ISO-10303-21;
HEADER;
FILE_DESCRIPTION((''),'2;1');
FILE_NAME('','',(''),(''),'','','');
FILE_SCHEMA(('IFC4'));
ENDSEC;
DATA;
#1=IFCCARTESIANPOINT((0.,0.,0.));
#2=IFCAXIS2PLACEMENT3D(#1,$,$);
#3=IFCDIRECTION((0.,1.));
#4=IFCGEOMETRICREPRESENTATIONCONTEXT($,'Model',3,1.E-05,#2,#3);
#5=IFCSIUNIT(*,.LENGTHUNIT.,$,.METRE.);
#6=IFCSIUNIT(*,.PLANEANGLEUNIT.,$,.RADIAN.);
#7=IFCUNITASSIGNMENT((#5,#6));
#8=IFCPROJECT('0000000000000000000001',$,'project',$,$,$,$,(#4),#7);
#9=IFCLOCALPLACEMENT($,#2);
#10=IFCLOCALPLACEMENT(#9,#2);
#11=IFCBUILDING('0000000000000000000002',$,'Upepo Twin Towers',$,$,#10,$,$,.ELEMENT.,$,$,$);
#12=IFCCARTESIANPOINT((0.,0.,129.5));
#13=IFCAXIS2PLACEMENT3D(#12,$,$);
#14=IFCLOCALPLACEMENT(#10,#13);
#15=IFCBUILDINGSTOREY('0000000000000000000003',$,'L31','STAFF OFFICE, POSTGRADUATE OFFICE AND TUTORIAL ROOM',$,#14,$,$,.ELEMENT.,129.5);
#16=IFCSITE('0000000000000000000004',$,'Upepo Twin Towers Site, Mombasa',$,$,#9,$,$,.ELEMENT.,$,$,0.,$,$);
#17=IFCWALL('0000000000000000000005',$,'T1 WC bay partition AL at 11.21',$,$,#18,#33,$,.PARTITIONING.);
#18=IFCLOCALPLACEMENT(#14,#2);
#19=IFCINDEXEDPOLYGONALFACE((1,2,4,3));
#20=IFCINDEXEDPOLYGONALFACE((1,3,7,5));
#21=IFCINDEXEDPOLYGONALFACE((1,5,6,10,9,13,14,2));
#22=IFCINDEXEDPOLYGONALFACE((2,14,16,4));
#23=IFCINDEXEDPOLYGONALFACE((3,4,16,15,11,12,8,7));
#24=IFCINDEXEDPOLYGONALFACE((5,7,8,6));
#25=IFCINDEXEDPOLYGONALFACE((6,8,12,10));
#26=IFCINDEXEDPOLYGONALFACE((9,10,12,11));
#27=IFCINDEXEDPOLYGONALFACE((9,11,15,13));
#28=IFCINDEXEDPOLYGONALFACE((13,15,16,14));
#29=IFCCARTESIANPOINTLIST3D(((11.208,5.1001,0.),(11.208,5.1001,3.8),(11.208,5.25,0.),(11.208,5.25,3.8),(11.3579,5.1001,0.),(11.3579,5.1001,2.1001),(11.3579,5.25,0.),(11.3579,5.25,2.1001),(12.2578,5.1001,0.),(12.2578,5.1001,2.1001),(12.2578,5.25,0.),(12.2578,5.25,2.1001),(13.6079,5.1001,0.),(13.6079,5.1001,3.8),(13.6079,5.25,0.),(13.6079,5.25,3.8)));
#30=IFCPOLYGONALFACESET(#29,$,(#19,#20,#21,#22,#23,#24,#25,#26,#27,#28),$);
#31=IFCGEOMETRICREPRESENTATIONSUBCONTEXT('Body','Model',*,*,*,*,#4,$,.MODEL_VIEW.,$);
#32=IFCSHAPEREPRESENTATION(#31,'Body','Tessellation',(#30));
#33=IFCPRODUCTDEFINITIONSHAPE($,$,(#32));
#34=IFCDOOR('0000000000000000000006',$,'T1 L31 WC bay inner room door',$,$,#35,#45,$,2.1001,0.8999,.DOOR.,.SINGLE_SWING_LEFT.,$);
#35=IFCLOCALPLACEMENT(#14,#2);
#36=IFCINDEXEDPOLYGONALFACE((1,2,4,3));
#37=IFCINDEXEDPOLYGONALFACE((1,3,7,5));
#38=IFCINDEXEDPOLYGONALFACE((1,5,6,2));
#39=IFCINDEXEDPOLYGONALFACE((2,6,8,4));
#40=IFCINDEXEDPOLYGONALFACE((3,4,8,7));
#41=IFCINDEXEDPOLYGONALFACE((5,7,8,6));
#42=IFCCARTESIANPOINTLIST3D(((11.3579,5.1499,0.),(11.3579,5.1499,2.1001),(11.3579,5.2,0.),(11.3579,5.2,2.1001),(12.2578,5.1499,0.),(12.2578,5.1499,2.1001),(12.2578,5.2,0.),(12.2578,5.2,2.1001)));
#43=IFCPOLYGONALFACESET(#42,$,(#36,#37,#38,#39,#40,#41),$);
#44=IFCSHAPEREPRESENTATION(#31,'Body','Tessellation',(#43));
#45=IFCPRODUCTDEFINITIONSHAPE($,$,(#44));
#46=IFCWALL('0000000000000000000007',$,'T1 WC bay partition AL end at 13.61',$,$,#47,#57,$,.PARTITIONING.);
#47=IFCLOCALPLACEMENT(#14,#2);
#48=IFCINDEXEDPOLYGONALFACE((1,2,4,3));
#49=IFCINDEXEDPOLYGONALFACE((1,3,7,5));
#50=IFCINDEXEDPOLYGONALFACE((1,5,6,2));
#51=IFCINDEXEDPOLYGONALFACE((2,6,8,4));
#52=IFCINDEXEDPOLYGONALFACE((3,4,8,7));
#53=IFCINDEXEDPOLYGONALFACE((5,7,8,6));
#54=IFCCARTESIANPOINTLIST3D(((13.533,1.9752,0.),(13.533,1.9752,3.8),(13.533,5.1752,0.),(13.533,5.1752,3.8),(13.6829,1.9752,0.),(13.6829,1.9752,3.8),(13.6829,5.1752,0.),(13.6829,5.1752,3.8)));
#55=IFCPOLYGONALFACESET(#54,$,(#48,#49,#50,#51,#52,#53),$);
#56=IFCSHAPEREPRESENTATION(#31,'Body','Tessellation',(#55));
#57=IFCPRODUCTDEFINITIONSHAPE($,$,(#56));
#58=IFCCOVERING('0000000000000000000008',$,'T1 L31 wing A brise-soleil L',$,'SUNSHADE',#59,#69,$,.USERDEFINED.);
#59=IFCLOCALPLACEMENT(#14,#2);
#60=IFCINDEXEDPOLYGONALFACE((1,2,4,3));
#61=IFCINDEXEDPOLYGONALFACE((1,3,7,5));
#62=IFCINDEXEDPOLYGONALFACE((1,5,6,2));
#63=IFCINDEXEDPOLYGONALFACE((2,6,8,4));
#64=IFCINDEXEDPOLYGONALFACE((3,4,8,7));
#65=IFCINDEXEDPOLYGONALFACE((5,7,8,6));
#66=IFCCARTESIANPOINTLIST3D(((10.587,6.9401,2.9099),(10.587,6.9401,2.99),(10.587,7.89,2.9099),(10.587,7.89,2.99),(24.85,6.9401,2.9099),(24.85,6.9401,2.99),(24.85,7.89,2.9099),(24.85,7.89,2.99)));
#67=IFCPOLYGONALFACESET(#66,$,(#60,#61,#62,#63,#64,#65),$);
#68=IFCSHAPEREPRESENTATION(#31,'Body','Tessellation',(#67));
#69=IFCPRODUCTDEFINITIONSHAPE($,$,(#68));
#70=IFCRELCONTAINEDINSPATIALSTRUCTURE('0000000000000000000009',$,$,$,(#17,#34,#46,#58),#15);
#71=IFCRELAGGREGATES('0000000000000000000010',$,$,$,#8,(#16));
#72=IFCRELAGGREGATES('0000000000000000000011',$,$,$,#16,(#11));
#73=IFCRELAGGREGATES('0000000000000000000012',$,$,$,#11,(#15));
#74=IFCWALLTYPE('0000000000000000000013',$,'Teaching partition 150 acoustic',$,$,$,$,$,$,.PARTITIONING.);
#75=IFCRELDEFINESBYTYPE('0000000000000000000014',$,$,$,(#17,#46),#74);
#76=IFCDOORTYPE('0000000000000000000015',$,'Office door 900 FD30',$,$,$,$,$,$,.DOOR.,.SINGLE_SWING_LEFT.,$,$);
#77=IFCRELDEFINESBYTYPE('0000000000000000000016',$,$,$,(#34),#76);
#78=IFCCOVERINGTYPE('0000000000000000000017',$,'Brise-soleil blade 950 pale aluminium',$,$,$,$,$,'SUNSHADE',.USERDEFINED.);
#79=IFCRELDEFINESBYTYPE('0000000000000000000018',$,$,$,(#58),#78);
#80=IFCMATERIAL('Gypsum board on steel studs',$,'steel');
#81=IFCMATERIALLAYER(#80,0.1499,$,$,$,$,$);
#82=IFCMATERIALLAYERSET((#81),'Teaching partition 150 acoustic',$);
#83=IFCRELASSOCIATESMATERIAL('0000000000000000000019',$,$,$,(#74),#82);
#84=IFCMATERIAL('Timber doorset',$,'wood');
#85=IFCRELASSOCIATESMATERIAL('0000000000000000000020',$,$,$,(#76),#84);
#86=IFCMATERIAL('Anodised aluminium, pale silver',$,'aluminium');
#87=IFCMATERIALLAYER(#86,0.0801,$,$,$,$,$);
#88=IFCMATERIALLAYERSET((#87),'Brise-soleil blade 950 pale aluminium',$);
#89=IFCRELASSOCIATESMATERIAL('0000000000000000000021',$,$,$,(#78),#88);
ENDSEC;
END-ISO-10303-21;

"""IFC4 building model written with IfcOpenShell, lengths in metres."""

from ifc_helpers import new_model, si_unit, direction, frame, frame_2d, origin, origin_2d, place, context, subcontext, project, spatial, rectangle, extrude, material, layer, layer_set, type_object, element, fill, save


model = new_model("IFC4")

# Units and contexts
model_context = context("Model", 3, precision=1e-05, world=origin(), true_north=direction((0.0, 1.0)))
body_context = subcontext(model_context, "Body", "Model", "MODEL_VIEW")
ifc_project = project(units=[si_unit("LENGTHUNIT", "METRE"), si_unit("PLANEANGLEUNIT", "RADIAN")], contexts=[model_context])

# Site, building, storey
site_placement = place(None, origin())
site = spatial("IfcSite", under=ifc_project, at=site_placement, Name="Upepo Twin Towers Site, Mombasa", CompositionType="ELEMENT", RefElevation=0.0)
building_placement = place(site_placement, origin())
building = spatial("IfcBuilding", under=site, at=building_placement, Name="Upepo Twin Towers", CompositionType="ELEMENT")
storey_placement = place(building_placement, frame((0.0, 0.0, 129.5)))
storey = spatial("IfcBuildingStorey", under=building, at=storey_placement, Name="L31", Description="STAFF OFFICE, POSTGRADUATE OFFICE AND TUTORIAL ROOM", CompositionType="ELEMENT", Elevation=129.5)

# Shared definitions
ifc_material_1 = material(Name="Gypsum board on steel studs", Category="steel")
ifc_layer_1 = layer(ifc_material_1, 0.1499)
ifc_layer_set_1 = layer_set([ifc_layer_1], Name="Teaching partition 150 acoustic")
wall_type_1 = type_object("IfcWallType", Name="Teaching partition 150 acoustic", PredefinedType="PARTITIONING", material=ifc_layer_set_1)

# Wall, opening, door
wall_1_placement = place(storey_placement, frame((11.208, 5.175, 0.0), z_axis=(0.0, 0.0, 1.0), x_axis=(1.0, 0.0, 0.0)))
wall_1 = element("IfcWall", 1, at=wall_1_placement, inside=storey, type_object=wall_type_1, Name="T1 WC bay partition AL at 11.21", PredefinedType="PARTITIONING", context=body_context, shape_type="SweptSolid", body=[
    extrude(rectangle(XDim=2.3999, YDim=0.1499, at=frame_2d((1.2, 0.0))), origin(), (0.0, 0.0, 1.0), 3.8),
])
opening_1_placement = place(wall_1_placement, frame((0.1499, 0.0, 0.0)))
opening_1 = element("IfcOpeningElement", 2, at=opening_1_placement, cuts=wall_1, PredefinedType="OPENING", context=body_context, shape_type="SweptSolid", body=[
    extrude(rectangle(XDim=0.8999, YDim=2.1001, at=frame_2d((0.45, 1.05))), frame((0.0, 0.085, 0.0), z_axis=(0.0, -1.0, 0.0), x_axis=(1.0, 0.0, 0.0)), (0.0, 0.0, 1.0), 0.1699),
])
ifc_material_2 = material(Name="Timber doorset", Category="wood")
door_type_1 = type_object("IfcDoorType", Name="Office door 900 FD30", OperationType="SINGLE_SWING_LEFT", PredefinedType="DOOR", material=ifc_material_2)
door_1_placement = place(opening_1_placement, origin())
door_1 = element("IfcDoor", 3, at=door_1_placement, inside=storey, type_object=door_type_1, Name="T1 L31 WC bay inner room door", OperationType="SINGLE_SWING_LEFT", OverallHeight=2.1001, OverallWidth=0.8999, PredefinedType="DOOR", context=body_context, shape_type="SweptSolid", body=[
    extrude(rectangle(XDim=0.8999, YDim=2.1001, at=frame_2d((0.45, 1.05))), frame((0.0, 0.0249, 0.0), z_axis=(0.0, -1.0, 0.0), x_axis=(1.0, 0.0, 0.0)), (0.0, 0.0, 1.0), 0.05),
])
fill(opening_1, door_1)

# Wall
wall_2_placement = place(storey_placement, frame((13.6079, 1.9751, 0.0), z_axis=(0.0, 0.0, 1.0), x_axis=(0.0, 1.0, 0.0)))
element("IfcWall", 4, at=wall_2_placement, inside=storey, type_object=wall_type_1, Name="T1 WC bay partition AL end at 13.61", PredefinedType="PARTITIONING", context=body_context, shape_type="SweptSolid", body=[
    extrude(rectangle(XDim=3.2, YDim=0.1499, at=frame_2d((1.6001, 0.0))), origin(), (0.0, 0.0, 1.0), 3.8),
])

# Covering
ifc_material_3 = material(Name="Anodised aluminium, pale silver", Category="aluminium")
ifc_layer_2 = layer(ifc_material_3, 0.0801)
ifc_layer_set_2 = layer_set([ifc_layer_2], Name="Brise-soleil blade 950 pale aluminium")
covering_type = type_object("IfcCoveringType", Name="Brise-soleil blade 950 pale aluminium", ElementType="SUNSHADE", PredefinedType="USERDEFINED", material=ifc_layer_set_2)
covering_placement = place(storey_placement, frame((17.7185, 7.415, 2.9099), z_axis=(0.0, 0.0, 1.0), x_axis=(1.0, 0.0, 0.0)))
element("IfcCovering", 5, at=covering_placement, inside=storey, type_object=covering_type, Name="T1 L31 wing A brise-soleil L", ObjectType="SUNSHADE", PredefinedType="USERDEFINED", context=body_context, shape_type="SweptSolid", body=[
    extrude(rectangle(XDim=14.2629, YDim=0.95, at=origin_2d()), origin(), (0.0, 0.0, 1.0), 0.0801),
])

save(model, "model.ifc")
